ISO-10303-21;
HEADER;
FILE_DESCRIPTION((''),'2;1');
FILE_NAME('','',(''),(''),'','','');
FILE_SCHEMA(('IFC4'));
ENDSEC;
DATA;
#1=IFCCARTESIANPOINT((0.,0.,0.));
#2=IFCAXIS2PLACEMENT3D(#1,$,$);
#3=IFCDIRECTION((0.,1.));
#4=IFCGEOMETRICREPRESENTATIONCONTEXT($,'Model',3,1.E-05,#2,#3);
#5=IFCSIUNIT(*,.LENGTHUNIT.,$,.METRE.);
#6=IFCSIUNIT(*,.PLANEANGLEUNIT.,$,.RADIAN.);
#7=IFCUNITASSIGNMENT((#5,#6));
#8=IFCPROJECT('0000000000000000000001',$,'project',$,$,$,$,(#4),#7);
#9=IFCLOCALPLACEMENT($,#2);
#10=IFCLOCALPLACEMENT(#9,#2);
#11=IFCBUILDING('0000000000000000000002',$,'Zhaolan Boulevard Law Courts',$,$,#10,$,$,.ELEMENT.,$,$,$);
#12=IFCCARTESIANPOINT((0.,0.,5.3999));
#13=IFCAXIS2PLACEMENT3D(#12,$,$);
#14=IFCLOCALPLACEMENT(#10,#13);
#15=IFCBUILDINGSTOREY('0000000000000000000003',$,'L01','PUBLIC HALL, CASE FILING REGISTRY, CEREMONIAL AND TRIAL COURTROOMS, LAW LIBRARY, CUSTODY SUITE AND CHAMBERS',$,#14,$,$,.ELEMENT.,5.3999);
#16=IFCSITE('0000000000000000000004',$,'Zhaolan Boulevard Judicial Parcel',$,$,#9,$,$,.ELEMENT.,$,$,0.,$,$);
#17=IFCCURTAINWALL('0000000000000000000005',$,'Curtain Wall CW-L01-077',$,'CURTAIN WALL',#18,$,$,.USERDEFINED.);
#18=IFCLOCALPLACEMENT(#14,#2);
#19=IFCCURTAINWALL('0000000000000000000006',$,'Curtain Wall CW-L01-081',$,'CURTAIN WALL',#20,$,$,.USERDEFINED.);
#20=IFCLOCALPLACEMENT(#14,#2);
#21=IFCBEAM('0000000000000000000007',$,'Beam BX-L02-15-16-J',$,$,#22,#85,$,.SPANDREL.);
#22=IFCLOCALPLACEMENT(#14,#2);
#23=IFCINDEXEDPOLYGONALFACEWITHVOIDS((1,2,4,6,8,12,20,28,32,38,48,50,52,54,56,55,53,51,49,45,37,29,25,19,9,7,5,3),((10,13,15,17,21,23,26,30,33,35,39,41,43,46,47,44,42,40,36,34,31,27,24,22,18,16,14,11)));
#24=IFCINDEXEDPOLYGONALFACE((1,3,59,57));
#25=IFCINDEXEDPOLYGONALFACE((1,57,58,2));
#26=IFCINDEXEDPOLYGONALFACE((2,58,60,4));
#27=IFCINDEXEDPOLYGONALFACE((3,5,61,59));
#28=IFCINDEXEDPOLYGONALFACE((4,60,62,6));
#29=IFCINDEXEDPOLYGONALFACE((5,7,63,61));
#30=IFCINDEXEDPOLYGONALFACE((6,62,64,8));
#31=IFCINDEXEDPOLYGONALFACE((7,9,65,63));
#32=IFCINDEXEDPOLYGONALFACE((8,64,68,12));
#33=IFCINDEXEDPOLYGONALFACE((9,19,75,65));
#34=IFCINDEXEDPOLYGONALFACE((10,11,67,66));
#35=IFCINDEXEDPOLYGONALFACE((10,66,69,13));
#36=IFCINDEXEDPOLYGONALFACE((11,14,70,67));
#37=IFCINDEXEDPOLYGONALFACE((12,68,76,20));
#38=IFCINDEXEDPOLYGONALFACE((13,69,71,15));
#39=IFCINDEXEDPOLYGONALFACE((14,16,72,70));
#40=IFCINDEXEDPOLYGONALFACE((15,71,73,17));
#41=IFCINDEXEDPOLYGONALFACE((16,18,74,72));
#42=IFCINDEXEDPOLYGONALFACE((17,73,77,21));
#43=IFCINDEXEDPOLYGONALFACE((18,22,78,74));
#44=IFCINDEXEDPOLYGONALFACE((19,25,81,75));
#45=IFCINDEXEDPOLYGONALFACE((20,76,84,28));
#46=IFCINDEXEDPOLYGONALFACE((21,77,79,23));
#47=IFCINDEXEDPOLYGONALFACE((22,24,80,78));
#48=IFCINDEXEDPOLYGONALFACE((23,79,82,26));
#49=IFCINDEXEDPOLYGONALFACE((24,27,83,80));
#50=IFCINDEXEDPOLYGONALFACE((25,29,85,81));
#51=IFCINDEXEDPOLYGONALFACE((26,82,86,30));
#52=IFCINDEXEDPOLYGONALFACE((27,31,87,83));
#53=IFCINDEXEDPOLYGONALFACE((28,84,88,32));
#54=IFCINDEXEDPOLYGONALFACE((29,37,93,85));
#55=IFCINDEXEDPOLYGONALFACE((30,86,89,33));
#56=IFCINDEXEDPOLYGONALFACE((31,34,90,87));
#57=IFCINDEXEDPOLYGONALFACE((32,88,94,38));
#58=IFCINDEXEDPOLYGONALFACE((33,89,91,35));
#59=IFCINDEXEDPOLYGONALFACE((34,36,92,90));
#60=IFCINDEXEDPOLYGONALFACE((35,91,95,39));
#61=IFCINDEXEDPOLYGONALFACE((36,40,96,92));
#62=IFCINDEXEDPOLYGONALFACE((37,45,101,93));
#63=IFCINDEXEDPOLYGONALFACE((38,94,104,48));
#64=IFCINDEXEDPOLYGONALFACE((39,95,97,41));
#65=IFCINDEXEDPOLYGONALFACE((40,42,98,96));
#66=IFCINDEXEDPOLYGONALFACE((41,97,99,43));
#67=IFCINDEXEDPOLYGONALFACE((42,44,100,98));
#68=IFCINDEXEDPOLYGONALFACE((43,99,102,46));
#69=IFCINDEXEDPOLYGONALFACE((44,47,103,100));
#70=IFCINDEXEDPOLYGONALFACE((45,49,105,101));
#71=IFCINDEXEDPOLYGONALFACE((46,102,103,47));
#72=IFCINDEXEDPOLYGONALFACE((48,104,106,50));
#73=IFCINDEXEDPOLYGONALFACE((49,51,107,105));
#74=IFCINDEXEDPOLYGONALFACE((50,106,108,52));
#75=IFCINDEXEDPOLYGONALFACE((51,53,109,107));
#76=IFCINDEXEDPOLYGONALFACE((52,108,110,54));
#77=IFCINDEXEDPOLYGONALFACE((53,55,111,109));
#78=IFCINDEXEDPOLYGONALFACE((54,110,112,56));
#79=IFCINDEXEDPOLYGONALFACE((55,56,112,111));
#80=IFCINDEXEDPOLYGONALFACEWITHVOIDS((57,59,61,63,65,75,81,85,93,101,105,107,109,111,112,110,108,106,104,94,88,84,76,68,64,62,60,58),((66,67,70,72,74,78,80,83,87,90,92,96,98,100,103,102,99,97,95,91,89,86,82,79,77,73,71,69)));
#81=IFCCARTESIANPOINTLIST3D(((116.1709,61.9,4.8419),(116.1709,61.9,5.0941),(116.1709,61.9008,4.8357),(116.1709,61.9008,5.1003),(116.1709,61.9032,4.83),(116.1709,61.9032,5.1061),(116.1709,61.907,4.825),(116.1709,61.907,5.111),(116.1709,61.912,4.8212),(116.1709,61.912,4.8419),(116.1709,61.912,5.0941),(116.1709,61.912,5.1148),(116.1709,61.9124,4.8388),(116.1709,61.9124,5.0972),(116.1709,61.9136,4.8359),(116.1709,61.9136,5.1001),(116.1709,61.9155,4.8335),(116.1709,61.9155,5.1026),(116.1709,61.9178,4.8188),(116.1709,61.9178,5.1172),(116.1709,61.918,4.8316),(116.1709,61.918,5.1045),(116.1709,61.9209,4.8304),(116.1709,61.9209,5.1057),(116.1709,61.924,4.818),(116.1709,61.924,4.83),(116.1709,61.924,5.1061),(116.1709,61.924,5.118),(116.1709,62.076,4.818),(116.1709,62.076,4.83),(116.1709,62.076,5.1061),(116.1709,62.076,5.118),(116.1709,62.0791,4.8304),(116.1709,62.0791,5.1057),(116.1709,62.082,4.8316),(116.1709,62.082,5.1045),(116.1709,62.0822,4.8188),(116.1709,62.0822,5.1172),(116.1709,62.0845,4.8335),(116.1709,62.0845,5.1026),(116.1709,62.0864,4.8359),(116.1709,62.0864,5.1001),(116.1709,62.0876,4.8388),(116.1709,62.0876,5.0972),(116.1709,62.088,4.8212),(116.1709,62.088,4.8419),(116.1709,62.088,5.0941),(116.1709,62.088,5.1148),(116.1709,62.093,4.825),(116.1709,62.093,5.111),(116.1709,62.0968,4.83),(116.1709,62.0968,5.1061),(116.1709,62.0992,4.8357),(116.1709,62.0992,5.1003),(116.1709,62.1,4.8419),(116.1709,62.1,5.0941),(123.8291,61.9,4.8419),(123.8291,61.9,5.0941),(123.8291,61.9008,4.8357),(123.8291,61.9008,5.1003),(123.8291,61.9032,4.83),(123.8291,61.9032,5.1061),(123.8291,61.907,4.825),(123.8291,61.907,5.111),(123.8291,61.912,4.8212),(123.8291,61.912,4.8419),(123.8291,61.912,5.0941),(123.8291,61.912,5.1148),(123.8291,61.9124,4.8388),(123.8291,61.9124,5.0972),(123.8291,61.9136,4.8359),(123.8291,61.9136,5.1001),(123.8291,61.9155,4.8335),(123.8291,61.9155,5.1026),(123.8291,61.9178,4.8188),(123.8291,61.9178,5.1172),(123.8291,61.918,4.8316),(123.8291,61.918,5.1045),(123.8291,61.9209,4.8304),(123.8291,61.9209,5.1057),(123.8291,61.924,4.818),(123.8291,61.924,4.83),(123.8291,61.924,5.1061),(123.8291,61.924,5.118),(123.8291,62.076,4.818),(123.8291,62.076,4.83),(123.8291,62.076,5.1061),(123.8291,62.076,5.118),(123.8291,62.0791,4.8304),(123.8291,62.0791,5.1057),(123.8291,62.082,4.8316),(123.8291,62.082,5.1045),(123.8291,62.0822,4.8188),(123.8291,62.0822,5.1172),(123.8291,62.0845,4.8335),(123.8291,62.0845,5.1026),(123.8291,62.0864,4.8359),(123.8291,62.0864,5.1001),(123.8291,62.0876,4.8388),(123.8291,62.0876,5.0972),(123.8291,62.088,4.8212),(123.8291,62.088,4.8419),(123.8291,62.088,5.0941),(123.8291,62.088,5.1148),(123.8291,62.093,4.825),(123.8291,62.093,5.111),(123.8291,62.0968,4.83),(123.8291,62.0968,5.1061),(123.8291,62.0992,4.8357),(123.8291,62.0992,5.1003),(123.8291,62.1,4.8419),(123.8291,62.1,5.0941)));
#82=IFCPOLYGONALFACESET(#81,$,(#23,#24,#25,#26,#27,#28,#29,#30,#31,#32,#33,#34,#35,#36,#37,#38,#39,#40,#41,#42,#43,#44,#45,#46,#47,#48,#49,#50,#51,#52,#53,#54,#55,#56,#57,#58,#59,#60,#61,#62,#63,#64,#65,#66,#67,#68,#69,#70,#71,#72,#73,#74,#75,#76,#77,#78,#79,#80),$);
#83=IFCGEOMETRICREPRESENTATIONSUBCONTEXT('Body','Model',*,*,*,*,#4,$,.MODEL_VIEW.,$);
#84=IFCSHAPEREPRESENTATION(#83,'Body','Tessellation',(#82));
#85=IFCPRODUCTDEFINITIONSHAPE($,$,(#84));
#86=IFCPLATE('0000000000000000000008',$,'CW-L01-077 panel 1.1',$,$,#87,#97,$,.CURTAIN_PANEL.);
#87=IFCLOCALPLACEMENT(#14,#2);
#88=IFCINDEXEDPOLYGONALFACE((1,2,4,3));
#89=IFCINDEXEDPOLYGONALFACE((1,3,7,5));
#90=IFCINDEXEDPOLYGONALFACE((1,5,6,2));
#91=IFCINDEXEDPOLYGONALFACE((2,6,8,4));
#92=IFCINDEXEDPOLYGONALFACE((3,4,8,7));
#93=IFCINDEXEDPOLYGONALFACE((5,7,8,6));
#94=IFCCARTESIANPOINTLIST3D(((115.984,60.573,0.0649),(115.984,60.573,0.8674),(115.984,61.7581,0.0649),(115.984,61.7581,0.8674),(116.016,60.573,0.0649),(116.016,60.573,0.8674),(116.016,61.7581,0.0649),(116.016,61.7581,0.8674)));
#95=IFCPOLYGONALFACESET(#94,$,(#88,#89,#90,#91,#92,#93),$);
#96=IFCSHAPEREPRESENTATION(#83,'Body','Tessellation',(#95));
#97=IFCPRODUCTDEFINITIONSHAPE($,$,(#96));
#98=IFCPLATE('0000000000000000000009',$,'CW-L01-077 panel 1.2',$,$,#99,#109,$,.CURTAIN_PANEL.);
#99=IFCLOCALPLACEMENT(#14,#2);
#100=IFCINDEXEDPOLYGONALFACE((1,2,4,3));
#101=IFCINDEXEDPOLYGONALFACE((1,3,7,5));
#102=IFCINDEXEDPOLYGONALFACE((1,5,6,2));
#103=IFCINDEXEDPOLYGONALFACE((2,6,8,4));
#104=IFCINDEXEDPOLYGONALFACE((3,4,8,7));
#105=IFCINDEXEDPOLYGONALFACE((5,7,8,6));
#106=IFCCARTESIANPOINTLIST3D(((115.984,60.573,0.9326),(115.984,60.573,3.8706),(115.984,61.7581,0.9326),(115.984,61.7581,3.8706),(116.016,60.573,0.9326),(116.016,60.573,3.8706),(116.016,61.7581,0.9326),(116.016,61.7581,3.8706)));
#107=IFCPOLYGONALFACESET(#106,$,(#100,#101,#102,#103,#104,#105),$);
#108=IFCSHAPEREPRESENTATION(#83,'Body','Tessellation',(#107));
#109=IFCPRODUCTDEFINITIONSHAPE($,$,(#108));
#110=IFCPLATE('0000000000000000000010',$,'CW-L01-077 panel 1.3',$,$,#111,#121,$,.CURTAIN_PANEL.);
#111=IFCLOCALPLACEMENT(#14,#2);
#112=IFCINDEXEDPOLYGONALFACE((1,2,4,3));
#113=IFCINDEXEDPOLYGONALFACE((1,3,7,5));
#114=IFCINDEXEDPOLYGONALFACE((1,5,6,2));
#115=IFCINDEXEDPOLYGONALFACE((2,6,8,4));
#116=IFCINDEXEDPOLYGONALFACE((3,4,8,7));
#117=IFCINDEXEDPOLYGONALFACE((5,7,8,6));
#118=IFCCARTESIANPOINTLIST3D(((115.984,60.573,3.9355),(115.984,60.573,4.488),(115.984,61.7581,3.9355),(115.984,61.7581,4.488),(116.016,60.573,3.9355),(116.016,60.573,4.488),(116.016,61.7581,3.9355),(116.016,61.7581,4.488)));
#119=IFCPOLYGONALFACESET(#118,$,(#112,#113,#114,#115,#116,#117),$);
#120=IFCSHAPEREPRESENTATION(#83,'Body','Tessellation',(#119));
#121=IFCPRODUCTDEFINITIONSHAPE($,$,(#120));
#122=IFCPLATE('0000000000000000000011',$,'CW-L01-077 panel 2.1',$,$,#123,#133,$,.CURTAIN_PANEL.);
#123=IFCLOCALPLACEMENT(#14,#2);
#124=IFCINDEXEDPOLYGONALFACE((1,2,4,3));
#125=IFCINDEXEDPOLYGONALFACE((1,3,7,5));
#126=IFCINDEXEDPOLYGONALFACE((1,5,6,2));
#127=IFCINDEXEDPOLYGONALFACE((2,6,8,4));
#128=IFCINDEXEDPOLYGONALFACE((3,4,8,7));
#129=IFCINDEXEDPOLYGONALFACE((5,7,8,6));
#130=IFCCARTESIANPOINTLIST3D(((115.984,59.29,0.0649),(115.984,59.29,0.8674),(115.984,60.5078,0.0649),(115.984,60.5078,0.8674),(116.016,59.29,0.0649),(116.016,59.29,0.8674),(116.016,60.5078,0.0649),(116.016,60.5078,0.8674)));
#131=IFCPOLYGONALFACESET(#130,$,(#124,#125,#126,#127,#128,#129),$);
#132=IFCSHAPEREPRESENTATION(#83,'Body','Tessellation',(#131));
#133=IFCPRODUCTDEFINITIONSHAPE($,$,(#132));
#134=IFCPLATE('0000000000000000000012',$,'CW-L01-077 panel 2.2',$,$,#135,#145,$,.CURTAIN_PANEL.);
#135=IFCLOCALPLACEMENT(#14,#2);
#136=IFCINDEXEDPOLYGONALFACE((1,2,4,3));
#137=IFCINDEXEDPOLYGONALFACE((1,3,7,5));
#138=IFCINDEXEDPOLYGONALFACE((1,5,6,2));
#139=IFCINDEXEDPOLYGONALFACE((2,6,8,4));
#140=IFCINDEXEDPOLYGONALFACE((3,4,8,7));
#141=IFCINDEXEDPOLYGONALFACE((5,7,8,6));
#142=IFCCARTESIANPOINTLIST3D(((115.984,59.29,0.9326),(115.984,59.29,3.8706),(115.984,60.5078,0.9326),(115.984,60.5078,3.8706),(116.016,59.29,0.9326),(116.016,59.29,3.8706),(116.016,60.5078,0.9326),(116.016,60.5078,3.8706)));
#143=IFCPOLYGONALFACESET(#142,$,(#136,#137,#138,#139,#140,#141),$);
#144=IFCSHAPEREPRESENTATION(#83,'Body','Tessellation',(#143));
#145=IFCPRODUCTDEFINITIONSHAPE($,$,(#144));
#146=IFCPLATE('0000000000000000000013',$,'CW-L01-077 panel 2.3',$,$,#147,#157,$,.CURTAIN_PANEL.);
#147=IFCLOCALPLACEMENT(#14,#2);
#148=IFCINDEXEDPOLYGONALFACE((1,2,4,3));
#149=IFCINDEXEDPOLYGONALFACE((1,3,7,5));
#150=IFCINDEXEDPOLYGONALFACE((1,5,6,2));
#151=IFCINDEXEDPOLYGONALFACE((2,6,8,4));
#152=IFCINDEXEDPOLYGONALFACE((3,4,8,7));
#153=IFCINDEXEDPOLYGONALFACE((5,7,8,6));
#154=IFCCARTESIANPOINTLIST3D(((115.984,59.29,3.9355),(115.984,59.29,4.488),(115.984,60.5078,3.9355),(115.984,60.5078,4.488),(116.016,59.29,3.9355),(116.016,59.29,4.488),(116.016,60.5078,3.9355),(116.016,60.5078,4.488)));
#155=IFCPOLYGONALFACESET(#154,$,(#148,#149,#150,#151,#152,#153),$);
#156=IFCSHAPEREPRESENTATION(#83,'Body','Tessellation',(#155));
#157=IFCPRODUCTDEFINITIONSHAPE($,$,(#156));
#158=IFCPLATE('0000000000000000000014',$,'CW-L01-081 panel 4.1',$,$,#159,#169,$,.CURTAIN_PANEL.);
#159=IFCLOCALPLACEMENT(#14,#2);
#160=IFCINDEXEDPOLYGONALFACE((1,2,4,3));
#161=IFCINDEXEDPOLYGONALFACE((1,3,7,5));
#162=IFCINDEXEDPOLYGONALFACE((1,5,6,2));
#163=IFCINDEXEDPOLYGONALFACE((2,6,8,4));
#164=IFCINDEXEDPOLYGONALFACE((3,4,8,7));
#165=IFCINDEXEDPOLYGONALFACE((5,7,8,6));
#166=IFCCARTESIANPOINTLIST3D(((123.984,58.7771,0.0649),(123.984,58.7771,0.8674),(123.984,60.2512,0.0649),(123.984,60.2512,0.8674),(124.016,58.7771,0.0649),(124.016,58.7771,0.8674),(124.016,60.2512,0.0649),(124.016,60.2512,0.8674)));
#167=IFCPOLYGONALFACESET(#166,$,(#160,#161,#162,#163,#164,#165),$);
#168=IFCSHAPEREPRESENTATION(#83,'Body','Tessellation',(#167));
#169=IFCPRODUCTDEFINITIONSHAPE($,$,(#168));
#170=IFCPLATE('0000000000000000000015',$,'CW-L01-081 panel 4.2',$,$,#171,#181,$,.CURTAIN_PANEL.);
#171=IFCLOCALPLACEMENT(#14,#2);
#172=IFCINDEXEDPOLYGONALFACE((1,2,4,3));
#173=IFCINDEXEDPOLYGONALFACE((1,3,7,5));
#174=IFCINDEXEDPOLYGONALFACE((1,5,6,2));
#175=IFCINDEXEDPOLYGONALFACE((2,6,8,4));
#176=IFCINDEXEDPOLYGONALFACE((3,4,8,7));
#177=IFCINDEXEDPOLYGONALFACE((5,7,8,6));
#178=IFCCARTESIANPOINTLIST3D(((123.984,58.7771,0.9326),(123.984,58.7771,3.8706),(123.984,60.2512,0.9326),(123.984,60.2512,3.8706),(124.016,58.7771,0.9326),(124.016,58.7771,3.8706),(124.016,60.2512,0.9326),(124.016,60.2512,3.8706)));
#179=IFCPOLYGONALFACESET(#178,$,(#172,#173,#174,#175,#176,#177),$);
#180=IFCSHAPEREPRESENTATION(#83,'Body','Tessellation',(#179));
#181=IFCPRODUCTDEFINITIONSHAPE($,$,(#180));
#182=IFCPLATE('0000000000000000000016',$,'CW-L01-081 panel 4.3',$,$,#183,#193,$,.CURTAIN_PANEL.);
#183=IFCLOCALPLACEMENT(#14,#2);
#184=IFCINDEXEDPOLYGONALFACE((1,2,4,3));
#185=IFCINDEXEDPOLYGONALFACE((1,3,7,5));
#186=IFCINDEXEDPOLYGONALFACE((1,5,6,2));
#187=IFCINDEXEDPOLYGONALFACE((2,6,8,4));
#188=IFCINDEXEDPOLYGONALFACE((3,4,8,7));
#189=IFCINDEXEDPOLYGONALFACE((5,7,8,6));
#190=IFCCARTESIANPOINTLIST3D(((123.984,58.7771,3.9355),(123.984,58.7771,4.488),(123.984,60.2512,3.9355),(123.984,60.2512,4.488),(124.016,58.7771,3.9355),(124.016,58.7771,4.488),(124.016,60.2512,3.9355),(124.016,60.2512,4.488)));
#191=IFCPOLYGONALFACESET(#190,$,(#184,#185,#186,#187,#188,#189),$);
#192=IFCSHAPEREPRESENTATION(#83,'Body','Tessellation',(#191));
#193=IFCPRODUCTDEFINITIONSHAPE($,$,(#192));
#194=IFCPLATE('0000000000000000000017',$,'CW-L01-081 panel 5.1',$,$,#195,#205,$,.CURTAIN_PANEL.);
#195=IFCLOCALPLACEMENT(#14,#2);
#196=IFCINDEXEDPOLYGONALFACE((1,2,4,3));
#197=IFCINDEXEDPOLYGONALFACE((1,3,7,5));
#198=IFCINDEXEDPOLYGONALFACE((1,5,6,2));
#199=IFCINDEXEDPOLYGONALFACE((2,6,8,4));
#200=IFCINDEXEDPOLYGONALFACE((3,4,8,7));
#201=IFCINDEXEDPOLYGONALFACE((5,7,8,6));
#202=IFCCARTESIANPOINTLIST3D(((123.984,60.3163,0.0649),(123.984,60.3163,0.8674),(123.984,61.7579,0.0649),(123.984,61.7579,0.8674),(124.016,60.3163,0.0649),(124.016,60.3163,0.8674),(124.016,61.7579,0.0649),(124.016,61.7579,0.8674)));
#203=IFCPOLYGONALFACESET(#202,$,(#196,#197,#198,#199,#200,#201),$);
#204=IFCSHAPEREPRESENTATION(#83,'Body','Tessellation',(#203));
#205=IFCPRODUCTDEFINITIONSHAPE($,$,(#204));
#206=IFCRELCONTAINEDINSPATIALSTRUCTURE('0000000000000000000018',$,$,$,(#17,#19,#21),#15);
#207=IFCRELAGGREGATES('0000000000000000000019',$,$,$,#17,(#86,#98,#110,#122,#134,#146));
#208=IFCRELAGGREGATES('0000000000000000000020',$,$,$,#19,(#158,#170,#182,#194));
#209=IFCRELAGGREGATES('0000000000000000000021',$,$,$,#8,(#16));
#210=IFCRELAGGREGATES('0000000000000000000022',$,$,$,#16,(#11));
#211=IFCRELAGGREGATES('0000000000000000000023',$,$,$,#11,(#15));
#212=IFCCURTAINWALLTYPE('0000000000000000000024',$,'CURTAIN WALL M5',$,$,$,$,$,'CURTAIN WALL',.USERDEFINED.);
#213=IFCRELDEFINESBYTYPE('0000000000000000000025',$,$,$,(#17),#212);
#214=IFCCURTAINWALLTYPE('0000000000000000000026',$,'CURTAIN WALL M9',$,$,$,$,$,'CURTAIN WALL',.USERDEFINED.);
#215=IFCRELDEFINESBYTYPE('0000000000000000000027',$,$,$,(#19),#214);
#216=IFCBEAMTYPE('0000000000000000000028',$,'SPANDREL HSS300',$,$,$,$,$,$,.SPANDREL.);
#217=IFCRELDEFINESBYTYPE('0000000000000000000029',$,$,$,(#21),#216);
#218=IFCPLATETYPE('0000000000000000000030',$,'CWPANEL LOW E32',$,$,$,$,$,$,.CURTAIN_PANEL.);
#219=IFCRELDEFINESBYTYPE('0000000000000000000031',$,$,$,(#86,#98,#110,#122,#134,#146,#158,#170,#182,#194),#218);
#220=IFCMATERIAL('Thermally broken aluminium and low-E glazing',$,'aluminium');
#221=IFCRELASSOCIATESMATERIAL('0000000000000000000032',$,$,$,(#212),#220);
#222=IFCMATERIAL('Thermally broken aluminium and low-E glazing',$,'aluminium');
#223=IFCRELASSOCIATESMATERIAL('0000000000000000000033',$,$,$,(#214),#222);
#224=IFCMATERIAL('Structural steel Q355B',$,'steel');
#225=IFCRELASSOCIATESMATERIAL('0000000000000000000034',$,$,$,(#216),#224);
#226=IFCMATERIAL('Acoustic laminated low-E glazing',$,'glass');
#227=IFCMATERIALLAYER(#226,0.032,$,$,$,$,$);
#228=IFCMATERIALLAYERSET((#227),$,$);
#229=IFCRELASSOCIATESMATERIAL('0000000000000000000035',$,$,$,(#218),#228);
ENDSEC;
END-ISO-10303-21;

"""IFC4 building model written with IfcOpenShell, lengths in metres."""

from ifc_helpers import new_model, si_unit, direction, frame, origin, origin_2d, place, context, subcontext, project, spatial, rectangle, hollow_rectangle, extrude, material, layer, layer_set, material_profile, profile_set, type_object, element, aggregate, save


model = new_model("IFC4")

# Units and contexts
model_context = context("Model", 3, precision=1e-05, world=origin(), true_north=direction((0.0, 1.0)))
body_context = subcontext(model_context, "Body", "Model", "MODEL_VIEW")
ifc_project = project(units=[si_unit("LENGTHUNIT", "METRE"), si_unit("PLANEANGLEUNIT", "RADIAN")], contexts=[model_context])

# Site, building, storey
site_placement = place(None, origin())
site = spatial("IfcSite", under=ifc_project, at=site_placement, Name="Zhaolan Boulevard Judicial Parcel", CompositionType="ELEMENT", RefElevation=0.0)
building_placement = place(site_placement, origin())
building = spatial("IfcBuilding", under=site, at=building_placement, Name="Zhaolan Boulevard Law Courts", CompositionType="ELEMENT")
storey_placement = place(building_placement, frame((0.0, 0.0, 5.3999)))
storey = spatial("IfcBuildingStorey", under=building, at=storey_placement, Name="L01", Description="PUBLIC HALL, CASE FILING REGISTRY, CEREMONIAL AND TRIAL COURTROOMS, LAW LIBRARY, CUSTODY SUITE AND CHAMBERS", CompositionType="ELEMENT", Elevation=5.3999)

# Curtain walls
ifc_material_1 = material(Name="Thermally broken aluminium and low-E glazing", Category="aluminium")
curtain_wall_type_1 = type_object("IfcCurtainWallType", Name="CURTAIN WALL M5", ElementType="CURTAIN WALL", PredefinedType="USERDEFINED", material=ifc_material_1)
curtain_wall_1_placement = place(storey_placement, origin())
curtain_wall_1 = element("IfcCurtainWall", 1, at=curtain_wall_1_placement, inside=storey, type_object=curtain_wall_type_1, Name="Curtain Wall CW-L01-077", ObjectType="CURTAIN WALL", PredefinedType="USERDEFINED")
ifc_material_2 = material(Name="Thermally broken aluminium and low-E glazing", Category="aluminium")
curtain_wall_type_2 = type_object("IfcCurtainWallType", Name="CURTAIN WALL M9", ElementType="CURTAIN WALL", PredefinedType="USERDEFINED", material=ifc_material_2)
curtain_wall_2_placement = place(storey_placement, origin())
curtain_wall_2 = element("IfcCurtainWall", 2, at=curtain_wall_2_placement, inside=storey, type_object=curtain_wall_type_2, Name="Curtain Wall CW-L01-081", ObjectType="CURTAIN WALL", PredefinedType="USERDEFINED")

# Beam
ifc_material_3 = material(Name="Structural steel Q355B", Category="steel")
ifc_material_profile_1 = material_profile(ifc_material_3, hollow_rectangle(XDim=0.2, YDim=0.3, WallThickness=0.012, InnerFilletRadius=0.012, OuterFilletRadius=0.0239, at=origin_2d()), Name="HSS300x200x12")
ifc_profile_set_1 = profile_set([ifc_material_profile_1], Name="Structural steel Q355B")
beam_type = type_object("IfcBeamType", Name="SPANDREL HSS300", PredefinedType="SPANDREL", material=ifc_profile_set_1)
beam_placement = place(storey_placement, frame((116.1709, 62.0, 4.968), z_axis=(1.0, 0.0, 0.0), x_axis=(0.0, 1.0, 0.0)))
element("IfcBeam", 3, at=beam_placement, inside=storey, type_object=beam_type, Name="Beam BX-L02-15-16-J", PredefinedType="SPANDREL", context=body_context, shape_type="SweptSolid", body=[
    extrude(hollow_rectangle(XDim=0.2, YDim=0.3, WallThickness=0.012, InnerFilletRadius=0.012, OuterFilletRadius=0.0239, at=origin_2d()), origin(), (0.0, 0.0, 1.0), 7.6582),
])

# Plates
ifc_material_4 = material(Name="Acoustic laminated low-E glazing", Category="glass")
ifc_layer_1 = layer(ifc_material_4, 0.032)
ifc_layer_set_1 = layer_set([ifc_layer_1])
plate_type_1 = type_object("IfcPlateType", Name="CWPANEL LOW E32", PredefinedType="CURTAIN_PANEL", material=ifc_layer_set_1)
plate_1_placement = place(storey_placement, frame((116.0, 61.1655, 0.0649), z_axis=(0.0, 0.0, 1.0), x_axis=(0.0, -1.0, 0.0)))
plate_1 = element("IfcPlate", 4, at=plate_1_placement, type_object=plate_type_1, Name="CW-L01-077 panel 1.1", PredefinedType="CURTAIN_PANEL", context=body_context, shape_type="SweptSolid", body=[
    extrude(rectangle(XDim=1.1851, YDim=0.032, at=origin_2d()), origin(), (0.0, 0.0, 1.0), 0.8025),
])
plate_2_placement = place(storey_placement, frame((116.0, 61.1655, 0.9326), z_axis=(0.0, 0.0, 1.0), x_axis=(0.0, -1.0, 0.0)))
plate_2 = element("IfcPlate", 5, at=plate_2_placement, type_object=plate_type_1, Name="CW-L01-077 panel 1.2", PredefinedType="CURTAIN_PANEL", context=body_context, shape_type="SweptSolid", body=[
    extrude(rectangle(XDim=1.1851, YDim=0.032, at=origin_2d()), origin(), (0.0, 0.0, 1.0), 2.938),
])
plate_3_placement = place(storey_placement, frame((116.0, 61.1655, 3.9355), z_axis=(0.0, 0.0, 1.0), x_axis=(0.0, -1.0, 0.0)))
plate_3 = element("IfcPlate", 6, at=plate_3_placement, type_object=plate_type_1, Name="CW-L01-077 panel 1.3", PredefinedType="CURTAIN_PANEL", context=body_context, shape_type="SweptSolid", body=[
    extrude(rectangle(XDim=1.1851, YDim=0.032, at=origin_2d()), origin(), (0.0, 0.0, 1.0), 0.5525),
])
plate_4_placement = place(storey_placement, frame((116.0, 59.8989, 0.0649), z_axis=(0.0, 0.0, 1.0), x_axis=(0.0, -1.0, 0.0)))
plate_4 = element("IfcPlate", 7, at=plate_4_placement, type_object=plate_type_1, Name="CW-L01-077 panel 2.1", PredefinedType="CURTAIN_PANEL", context=body_context, shape_type="SweptSolid", body=[
    extrude(rectangle(XDim=1.2178, YDim=0.032, at=origin_2d()), origin(), (0.0, 0.0, 1.0), 0.8025),
])
plate_5_placement = place(storey_placement, frame((116.0, 59.8989, 0.9326), z_axis=(0.0, 0.0, 1.0), x_axis=(0.0, -1.0, 0.0)))
plate_5 = element("IfcPlate", 8, at=plate_5_placement, type_object=plate_type_1, Name="CW-L01-077 panel 2.2", PredefinedType="CURTAIN_PANEL", context=body_context, shape_type="SweptSolid", body=[
    extrude(rectangle(XDim=1.2178, YDim=0.032, at=origin_2d()), origin(), (0.0, 0.0, 1.0), 2.938),
])
plate_6_placement = place(storey_placement, frame((116.0, 59.8989, 3.9355), z_axis=(0.0, 0.0, 1.0), x_axis=(0.0, -1.0, 0.0)))
plate_6 = element("IfcPlate", 9, at=plate_6_placement, type_object=plate_type_1, Name="CW-L01-077 panel 2.3", PredefinedType="CURTAIN_PANEL", context=body_context, shape_type="SweptSolid", body=[
    extrude(rectangle(XDim=1.2178, YDim=0.032, at=origin_2d()), origin(), (0.0, 0.0, 1.0), 0.5525),
])
aggregate(curtain_wall_1, [plate_1, plate_2, plate_3, plate_4, plate_5, plate_6])
plate_7_placement = place(storey_placement, frame((124.0, 59.5142, 0.0649), z_axis=(0.0, 0.0, 1.0), x_axis=(0.0, 1.0, 0.0)))
plate_7 = element("IfcPlate", 10, at=plate_7_placement, type_object=plate_type_1, Name="CW-L01-081 panel 4.1", PredefinedType="CURTAIN_PANEL", context=body_context, shape_type="SweptSolid", body=[
    extrude(rectangle(XDim=1.4741, YDim=0.032, at=origin_2d()), origin(), (0.0, 0.0, 1.0), 0.8025),
])
plate_8_placement = place(storey_placement, frame((124.0, 59.5142, 0.9326), z_axis=(0.0, 0.0, 1.0), x_axis=(0.0, 1.0, 0.0)))
plate_8 = element("IfcPlate", 11, at=plate_8_placement, type_object=plate_type_1, Name="CW-L01-081 panel 4.2", PredefinedType="CURTAIN_PANEL", context=body_context, shape_type="SweptSolid", body=[
    extrude(rectangle(XDim=1.4741, YDim=0.032, at=origin_2d()), origin(), (0.0, 0.0, 1.0), 2.938),
])
plate_9_placement = place(storey_placement, frame((124.0, 59.5142, 3.9355), z_axis=(0.0, 0.0, 1.0), x_axis=(0.0, 1.0, 0.0)))
plate_9 = element("IfcPlate", 12, at=plate_9_placement, type_object=plate_type_1, Name="CW-L01-081 panel 4.3", PredefinedType="CURTAIN_PANEL", context=body_context, shape_type="SweptSolid", body=[
    extrude(rectangle(XDim=1.4741, YDim=0.032, at=origin_2d()), origin(), (0.0, 0.0, 1.0), 0.5525),
])
plate_10_placement = place(storey_placement, frame((124.0, 61.0371, 0.0649), z_axis=(0.0, 0.0, 1.0), x_axis=(0.0, 1.0, 0.0)))
plate_10 = element("IfcPlate", 13, at=plate_10_placement, type_object=plate_type_1, Name="CW-L01-081 panel 5.1", PredefinedType="CURTAIN_PANEL", context=body_context, shape_type="SweptSolid", body=[
    extrude(rectangle(XDim=1.4417, YDim=0.032, at=origin_2d()), origin(), (0.0, 0.0, 1.0), 0.8025),
])
aggregate(curtain_wall_2, [plate_7, plate_8, plate_9, plate_10])

save(model, "model.ifc")
